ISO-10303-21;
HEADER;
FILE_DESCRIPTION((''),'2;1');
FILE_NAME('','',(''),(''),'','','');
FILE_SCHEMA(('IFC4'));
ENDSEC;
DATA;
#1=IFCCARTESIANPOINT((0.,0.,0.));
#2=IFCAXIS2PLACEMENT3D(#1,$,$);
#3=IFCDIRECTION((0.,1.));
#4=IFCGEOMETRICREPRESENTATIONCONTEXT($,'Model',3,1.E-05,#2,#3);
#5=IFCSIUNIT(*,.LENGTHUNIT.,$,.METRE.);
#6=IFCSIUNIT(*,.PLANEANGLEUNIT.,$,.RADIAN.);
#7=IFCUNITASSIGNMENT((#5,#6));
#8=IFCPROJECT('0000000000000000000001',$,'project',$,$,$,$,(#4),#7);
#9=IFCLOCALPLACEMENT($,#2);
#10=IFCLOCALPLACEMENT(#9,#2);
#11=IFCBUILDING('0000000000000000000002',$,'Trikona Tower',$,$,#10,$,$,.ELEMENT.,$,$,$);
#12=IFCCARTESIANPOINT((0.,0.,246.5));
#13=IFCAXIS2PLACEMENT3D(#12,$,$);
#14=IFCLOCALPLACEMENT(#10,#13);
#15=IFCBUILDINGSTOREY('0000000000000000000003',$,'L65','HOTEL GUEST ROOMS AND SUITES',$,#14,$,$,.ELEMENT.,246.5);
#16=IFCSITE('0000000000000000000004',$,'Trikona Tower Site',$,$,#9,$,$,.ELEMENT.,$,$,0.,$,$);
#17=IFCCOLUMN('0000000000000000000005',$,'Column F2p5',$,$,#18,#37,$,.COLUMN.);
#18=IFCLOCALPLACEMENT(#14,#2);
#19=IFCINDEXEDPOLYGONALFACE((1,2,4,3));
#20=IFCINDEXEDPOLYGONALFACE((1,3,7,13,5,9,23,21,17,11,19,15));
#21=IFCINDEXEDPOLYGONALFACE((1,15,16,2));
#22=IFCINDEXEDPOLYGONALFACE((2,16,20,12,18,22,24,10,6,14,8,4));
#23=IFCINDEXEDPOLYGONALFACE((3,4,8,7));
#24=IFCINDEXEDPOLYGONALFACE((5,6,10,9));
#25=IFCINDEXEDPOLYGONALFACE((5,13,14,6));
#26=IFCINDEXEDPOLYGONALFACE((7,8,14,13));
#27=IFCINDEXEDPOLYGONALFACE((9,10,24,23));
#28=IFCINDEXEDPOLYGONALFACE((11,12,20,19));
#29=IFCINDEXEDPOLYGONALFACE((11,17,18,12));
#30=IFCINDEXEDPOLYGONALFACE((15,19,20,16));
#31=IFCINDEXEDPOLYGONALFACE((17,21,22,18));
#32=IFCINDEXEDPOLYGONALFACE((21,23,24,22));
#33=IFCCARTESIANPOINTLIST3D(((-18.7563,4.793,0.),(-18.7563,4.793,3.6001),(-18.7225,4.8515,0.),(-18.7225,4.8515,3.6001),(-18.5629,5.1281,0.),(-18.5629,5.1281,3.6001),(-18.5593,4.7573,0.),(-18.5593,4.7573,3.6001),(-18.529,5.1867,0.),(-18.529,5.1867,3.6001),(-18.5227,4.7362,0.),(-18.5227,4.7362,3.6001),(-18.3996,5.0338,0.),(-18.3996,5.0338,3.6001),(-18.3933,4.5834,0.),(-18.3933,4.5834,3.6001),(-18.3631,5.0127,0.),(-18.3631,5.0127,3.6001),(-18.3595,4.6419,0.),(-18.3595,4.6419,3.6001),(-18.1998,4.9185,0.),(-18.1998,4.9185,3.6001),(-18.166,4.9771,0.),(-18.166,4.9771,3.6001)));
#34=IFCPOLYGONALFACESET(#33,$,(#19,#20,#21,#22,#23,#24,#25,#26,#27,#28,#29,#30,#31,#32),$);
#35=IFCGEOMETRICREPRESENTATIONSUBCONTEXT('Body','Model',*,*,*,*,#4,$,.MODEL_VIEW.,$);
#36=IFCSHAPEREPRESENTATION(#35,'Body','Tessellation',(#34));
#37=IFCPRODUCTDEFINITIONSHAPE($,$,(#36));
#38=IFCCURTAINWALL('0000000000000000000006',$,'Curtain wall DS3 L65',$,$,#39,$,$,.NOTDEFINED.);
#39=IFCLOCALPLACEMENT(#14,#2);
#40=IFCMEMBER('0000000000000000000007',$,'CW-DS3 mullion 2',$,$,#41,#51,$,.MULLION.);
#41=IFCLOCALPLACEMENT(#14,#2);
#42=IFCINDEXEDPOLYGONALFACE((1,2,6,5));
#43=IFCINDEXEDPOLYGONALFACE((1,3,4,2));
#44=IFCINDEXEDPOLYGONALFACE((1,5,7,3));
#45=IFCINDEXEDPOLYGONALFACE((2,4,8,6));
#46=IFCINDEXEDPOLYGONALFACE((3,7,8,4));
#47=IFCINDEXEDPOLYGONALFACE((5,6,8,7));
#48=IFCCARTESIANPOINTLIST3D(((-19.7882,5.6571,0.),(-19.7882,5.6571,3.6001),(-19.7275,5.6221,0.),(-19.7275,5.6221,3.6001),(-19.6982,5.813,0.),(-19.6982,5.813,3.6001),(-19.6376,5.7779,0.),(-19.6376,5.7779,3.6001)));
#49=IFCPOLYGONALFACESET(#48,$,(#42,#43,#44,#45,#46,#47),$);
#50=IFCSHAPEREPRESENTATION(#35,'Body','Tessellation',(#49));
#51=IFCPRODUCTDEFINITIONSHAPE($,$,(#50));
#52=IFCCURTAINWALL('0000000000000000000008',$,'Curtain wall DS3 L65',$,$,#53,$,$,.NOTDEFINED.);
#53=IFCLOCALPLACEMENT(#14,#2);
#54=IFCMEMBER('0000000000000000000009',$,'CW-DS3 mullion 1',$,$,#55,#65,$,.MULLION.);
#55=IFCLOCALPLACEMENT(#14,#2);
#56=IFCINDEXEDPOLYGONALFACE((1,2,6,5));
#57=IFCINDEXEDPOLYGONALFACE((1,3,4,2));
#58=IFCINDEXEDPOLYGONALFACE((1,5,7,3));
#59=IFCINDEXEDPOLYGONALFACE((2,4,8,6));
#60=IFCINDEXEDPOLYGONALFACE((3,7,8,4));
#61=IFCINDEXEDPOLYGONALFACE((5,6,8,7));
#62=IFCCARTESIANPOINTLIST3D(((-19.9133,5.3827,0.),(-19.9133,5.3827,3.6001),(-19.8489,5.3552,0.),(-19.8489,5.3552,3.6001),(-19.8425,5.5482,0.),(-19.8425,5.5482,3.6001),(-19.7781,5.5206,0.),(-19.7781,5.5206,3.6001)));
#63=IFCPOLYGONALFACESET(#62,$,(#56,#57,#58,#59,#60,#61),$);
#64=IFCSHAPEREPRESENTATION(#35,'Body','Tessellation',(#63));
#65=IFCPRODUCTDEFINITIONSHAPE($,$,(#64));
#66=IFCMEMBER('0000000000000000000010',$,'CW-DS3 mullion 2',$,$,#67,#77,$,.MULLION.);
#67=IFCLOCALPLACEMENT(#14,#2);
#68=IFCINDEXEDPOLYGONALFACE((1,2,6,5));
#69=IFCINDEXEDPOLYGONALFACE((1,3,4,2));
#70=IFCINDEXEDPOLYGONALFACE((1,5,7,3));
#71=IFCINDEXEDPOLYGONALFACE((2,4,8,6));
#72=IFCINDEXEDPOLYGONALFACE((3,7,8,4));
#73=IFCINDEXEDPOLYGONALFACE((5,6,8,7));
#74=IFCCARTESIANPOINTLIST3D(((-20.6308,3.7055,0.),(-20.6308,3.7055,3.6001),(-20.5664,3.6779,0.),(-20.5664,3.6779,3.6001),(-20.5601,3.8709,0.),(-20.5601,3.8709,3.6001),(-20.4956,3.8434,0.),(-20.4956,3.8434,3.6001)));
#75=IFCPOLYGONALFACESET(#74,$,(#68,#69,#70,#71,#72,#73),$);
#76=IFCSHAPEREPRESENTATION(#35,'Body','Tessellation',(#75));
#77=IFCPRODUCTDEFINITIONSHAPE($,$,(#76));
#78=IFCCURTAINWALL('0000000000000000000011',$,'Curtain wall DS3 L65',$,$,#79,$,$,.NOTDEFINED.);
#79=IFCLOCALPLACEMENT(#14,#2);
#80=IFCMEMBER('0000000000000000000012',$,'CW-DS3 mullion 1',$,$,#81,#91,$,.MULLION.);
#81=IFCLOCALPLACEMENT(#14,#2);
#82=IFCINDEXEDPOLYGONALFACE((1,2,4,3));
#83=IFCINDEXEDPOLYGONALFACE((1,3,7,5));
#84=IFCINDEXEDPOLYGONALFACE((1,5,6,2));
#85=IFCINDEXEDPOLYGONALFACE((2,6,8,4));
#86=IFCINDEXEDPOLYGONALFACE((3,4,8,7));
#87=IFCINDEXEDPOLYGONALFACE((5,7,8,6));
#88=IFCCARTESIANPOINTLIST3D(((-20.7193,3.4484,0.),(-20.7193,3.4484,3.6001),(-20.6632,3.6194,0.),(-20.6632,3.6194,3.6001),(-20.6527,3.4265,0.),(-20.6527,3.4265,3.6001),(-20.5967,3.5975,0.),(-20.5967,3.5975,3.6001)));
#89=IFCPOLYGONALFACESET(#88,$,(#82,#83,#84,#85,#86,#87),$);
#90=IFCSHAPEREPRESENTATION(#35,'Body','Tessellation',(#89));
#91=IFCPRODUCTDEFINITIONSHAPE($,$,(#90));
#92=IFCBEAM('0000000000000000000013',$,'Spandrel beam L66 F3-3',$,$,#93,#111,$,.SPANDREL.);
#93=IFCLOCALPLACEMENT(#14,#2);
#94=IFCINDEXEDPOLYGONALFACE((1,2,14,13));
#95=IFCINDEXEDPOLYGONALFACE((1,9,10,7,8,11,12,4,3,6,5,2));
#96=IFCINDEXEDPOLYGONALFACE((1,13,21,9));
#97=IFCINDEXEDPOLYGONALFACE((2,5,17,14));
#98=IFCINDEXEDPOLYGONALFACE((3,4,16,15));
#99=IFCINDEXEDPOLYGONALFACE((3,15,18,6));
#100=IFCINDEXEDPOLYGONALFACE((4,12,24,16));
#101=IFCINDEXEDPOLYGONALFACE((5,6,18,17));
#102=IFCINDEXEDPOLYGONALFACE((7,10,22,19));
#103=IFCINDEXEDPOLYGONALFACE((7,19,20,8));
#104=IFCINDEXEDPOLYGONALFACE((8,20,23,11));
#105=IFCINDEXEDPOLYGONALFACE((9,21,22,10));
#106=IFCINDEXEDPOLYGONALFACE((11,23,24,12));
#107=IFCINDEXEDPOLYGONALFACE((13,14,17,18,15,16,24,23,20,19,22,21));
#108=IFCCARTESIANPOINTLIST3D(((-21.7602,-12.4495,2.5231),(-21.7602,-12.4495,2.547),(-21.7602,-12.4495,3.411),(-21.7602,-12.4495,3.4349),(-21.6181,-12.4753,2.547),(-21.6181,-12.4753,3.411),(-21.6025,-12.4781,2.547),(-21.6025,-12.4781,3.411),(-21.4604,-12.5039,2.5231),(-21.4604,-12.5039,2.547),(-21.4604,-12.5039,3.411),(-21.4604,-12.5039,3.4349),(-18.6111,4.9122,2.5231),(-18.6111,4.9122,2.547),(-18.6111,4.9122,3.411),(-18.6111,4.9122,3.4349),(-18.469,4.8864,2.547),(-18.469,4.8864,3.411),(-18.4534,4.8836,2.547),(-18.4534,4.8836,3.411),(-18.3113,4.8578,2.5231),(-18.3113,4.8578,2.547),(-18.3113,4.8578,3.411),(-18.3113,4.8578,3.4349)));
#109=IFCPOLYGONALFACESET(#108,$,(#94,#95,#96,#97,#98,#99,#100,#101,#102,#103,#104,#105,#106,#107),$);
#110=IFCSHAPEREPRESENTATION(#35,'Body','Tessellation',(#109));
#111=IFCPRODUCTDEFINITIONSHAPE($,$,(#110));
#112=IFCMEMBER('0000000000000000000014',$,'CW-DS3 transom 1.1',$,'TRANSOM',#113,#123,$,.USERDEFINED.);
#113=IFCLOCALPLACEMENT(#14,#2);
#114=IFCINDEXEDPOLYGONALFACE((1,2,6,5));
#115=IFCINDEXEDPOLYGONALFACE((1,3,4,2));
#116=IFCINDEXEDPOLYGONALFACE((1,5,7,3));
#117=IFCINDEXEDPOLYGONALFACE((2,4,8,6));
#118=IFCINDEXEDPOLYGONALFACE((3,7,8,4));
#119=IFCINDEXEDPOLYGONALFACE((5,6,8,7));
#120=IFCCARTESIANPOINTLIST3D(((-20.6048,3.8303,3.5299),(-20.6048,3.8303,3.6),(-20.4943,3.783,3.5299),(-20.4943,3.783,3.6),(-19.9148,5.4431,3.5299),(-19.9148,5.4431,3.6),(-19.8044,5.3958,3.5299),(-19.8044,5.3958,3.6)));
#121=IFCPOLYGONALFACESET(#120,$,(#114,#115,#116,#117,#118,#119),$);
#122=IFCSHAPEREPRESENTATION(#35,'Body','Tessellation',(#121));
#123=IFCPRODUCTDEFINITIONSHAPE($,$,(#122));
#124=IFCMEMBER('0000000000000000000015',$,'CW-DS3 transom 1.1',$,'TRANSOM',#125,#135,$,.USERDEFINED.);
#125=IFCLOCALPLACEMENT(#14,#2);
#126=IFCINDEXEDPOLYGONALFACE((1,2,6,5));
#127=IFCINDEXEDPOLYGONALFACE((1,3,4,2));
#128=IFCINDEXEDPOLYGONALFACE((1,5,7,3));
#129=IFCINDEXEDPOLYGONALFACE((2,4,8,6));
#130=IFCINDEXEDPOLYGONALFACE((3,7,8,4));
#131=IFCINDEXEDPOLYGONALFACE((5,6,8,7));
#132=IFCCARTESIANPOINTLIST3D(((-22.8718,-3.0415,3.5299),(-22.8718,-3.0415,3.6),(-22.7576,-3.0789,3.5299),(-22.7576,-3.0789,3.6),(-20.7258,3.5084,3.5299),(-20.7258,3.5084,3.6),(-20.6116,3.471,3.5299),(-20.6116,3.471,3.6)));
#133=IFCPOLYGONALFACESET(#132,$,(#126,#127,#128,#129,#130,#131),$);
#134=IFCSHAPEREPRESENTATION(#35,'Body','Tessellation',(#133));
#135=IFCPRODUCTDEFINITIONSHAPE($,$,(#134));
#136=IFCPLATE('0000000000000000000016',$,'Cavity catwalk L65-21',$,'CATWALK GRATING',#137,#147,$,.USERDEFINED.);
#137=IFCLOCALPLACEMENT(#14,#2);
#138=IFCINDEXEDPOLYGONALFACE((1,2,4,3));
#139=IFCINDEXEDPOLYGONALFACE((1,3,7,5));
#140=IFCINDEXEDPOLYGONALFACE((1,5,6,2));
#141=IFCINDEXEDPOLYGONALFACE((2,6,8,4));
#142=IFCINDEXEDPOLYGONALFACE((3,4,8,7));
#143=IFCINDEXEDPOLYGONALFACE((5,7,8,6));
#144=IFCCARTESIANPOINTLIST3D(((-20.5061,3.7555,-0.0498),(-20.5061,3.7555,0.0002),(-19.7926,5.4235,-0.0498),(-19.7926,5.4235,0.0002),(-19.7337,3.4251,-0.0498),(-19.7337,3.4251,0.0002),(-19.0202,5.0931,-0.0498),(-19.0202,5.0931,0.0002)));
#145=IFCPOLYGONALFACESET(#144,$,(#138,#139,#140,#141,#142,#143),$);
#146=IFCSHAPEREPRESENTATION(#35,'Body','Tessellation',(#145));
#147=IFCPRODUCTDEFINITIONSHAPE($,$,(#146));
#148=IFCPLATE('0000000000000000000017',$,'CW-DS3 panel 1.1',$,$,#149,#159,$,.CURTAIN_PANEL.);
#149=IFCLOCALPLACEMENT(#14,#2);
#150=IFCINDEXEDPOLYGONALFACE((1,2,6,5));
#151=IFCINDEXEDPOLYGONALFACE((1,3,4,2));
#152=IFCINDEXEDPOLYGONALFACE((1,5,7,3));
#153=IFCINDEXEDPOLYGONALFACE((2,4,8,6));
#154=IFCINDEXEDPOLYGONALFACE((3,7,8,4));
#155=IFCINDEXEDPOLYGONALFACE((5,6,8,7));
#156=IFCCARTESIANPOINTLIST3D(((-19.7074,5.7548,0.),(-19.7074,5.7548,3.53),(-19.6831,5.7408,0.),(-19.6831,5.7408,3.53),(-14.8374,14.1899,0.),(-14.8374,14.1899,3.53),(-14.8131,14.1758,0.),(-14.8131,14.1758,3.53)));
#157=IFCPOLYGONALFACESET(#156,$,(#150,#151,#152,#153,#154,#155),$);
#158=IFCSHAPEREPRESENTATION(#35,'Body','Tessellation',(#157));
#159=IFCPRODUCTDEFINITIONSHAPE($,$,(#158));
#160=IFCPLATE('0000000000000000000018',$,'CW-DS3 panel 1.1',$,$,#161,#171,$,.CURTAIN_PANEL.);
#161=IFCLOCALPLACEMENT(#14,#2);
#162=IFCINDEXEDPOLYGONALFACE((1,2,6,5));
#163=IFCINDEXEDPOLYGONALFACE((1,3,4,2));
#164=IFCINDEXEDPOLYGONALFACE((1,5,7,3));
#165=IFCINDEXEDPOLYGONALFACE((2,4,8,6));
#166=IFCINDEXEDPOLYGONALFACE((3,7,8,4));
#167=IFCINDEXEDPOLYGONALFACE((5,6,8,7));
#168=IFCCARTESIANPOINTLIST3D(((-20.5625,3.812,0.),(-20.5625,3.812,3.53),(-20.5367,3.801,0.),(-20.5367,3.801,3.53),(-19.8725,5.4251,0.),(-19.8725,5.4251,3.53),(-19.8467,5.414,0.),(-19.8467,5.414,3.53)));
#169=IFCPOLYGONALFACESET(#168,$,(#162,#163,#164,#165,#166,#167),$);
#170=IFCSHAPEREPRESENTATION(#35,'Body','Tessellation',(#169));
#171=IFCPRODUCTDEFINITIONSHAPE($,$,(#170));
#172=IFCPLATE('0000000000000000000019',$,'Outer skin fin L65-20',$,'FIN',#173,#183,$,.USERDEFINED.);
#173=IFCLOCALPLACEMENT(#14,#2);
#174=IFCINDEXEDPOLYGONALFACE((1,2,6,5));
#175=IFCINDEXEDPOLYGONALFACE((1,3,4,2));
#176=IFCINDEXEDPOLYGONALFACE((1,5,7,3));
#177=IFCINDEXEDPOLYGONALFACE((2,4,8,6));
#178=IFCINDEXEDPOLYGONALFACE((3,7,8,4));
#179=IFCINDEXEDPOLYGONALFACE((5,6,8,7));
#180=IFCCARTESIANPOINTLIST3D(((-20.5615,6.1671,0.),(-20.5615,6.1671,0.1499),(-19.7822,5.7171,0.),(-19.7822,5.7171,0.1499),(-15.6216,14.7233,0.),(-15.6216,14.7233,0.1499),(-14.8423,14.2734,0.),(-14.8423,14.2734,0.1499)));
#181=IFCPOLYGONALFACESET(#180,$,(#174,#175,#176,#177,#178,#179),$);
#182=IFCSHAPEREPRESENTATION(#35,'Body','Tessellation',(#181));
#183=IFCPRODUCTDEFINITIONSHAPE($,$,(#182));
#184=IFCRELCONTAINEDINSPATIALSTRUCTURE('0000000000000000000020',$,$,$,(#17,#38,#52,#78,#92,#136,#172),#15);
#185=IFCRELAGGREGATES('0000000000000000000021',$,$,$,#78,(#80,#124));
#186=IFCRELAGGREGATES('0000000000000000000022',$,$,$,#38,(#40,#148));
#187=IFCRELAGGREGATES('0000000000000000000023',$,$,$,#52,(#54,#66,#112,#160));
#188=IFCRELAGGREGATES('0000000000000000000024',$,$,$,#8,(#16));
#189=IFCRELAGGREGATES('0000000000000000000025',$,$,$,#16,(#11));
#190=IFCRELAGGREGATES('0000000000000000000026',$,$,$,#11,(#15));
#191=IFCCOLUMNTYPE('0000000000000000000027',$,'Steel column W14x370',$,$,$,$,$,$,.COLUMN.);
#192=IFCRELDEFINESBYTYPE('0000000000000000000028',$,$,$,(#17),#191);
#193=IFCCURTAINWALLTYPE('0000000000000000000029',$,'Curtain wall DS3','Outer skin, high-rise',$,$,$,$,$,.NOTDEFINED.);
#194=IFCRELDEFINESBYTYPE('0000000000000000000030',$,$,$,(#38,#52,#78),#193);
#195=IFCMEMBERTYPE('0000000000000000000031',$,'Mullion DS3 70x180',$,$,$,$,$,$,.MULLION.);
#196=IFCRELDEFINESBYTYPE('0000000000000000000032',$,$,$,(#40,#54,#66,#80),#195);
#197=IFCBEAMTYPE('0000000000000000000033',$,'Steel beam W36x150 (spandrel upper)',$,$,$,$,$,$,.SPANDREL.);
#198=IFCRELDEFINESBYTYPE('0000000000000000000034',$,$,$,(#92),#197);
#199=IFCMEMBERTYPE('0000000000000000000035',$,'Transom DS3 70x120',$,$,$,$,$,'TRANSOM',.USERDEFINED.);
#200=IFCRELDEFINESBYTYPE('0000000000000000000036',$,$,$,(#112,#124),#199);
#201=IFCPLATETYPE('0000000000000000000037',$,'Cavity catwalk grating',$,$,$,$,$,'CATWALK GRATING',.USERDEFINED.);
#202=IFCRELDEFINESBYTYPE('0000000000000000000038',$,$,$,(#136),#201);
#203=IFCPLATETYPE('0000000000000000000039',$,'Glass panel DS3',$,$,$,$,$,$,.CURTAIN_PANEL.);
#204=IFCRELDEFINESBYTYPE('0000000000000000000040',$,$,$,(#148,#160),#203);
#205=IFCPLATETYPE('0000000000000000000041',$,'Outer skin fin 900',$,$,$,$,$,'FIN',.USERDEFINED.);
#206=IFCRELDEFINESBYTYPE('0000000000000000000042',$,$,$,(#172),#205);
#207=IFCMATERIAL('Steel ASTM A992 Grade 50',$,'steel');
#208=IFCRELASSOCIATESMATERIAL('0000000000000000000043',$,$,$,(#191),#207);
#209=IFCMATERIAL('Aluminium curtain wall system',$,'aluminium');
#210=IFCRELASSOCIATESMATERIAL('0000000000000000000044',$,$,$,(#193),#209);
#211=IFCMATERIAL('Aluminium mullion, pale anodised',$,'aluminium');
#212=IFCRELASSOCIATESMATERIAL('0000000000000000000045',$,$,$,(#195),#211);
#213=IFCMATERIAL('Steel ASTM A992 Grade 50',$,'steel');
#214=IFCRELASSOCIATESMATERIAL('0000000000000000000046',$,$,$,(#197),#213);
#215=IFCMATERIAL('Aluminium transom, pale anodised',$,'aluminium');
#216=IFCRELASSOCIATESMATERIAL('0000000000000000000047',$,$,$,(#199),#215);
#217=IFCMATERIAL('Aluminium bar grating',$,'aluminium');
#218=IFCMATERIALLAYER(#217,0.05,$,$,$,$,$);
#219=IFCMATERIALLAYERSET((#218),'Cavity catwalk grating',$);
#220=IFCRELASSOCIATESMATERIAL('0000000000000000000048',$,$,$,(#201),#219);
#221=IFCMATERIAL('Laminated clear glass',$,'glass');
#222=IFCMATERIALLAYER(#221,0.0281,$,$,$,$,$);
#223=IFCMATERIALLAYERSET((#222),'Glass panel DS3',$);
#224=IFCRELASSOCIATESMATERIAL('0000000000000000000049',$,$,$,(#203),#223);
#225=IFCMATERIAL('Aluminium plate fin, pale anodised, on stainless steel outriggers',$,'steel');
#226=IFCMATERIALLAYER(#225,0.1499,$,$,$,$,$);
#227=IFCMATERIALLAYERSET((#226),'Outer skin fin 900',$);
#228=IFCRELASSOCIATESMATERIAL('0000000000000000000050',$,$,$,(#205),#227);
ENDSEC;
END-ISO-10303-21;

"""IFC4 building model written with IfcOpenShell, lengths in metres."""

from ifc_helpers import new_model, si_unit, direction, frame, origin, origin_2d, place, context, subcontext, project, spatial, rectangle, i_section, extrude, material, layer, layer_set, material_profile, profile_set, type_object, element, aggregate, save


model = new_model("IFC4")

# Units and contexts
model_context = context("Model", 3, precision=1e-05, world=origin(), true_north=direction((0.0, 1.0)))
body_context = subcontext(model_context, "Body", "Model", "MODEL_VIEW")
ifc_project = project(units=[si_unit("LENGTHUNIT", "METRE"), si_unit("PLANEANGLEUNIT", "RADIAN")], contexts=[model_context])

# Site, building, storey
site_placement = place(None, origin())
site = spatial("IfcSite", under=ifc_project, at=site_placement, Name="Trikona Tower Site", CompositionType="ELEMENT", RefElevation=0.0)
building_placement = place(site_placement, origin())
building = spatial("IfcBuilding", under=site, at=building_placement, Name="Trikona Tower", CompositionType="ELEMENT")
storey_placement = place(building_placement, frame((0.0, 0.0, 246.5)))
storey = spatial("IfcBuildingStorey", under=building, at=storey_placement, Name="L65", Description="HOTEL GUEST ROOMS AND SUITES", CompositionType="ELEMENT", Elevation=246.5)

# Column
ifc_material_1 = material(Name="Steel ASTM A992 Grade 50", Category="steel")
ifc_material_profile_1 = material_profile(ifc_material_1, i_section(OverallWidth=0.4192, OverallDepth=0.4546, WebThickness=0.0422, FlangeThickness=0.0676, at=origin_2d()), Name="W14X370")
ifc_profile_set_1 = profile_set([ifc_material_profile_1], Name="Steel ASTM A992 Grade 50")
column_type = type_object("IfcColumnType", Name="Steel column W14x370", PredefinedType="COLUMN", material=ifc_profile_set_1)
column_placement = place(storey_placement, frame((-18.4612, 4.885, 0.0), z_axis=(0.0, 0.0, 1.0), x_axis=(-0.866025, 0.5, 0.0)))
element("IfcColumn", 1, at=column_placement, inside=storey, type_object=column_type, Name="Column F2p5", PredefinedType="COLUMN", context=body_context, shape_type="SweptSolid", body=[
    extrude(i_section(OverallWidth=0.4192, OverallDepth=0.4546, WebThickness=0.0422, FlangeThickness=0.0676, at=origin_2d()), origin(), (0.0, 0.0, 1.0), 3.6001),
])

# Curtain wall, member
ifc_material_2 = material(Name="Aluminium curtain wall system", Category="aluminium")
curtain_wall_type = type_object("IfcCurtainWallType", Name="Curtain wall DS3", Description="Outer skin, high-rise", PredefinedType="NOTDEFINED", material=ifc_material_2)
curtain_wall_1_placement = place(storey_placement, origin())
curtain_wall_1 = element("IfcCurtainWall", 2, at=curtain_wall_1_placement, inside=storey, type_object=curtain_wall_type, Name="Curtain wall DS3 L65", PredefinedType="NOTDEFINED")
ifc_material_3 = material(Name="Aluminium mullion, pale anodised", Category="aluminium")
ifc_material_profile_2 = material_profile(ifc_material_3, rectangle(XDim=0.0701, YDim=0.1799, at=origin_2d()), Name="MUL-DS3")
ifc_profile_set_2 = profile_set([ifc_material_profile_2], Name="Aluminium mullion, pale anodised")
member_type_1 = type_object("IfcMemberType", Name="Mullion DS3 70x180", PredefinedType="MULLION", material=ifc_profile_set_2)
member_1_placement = place(storey_placement, frame((-19.7129, 5.7175, 0.0), z_axis=(0.0, 0.0, 1.0), x_axis=(0.866025, -0.500001, 0.0)))
member_1 = element("IfcMember", 3, at=member_1_placement, type_object=member_type_1, Name="CW-DS3 mullion 2", PredefinedType="MULLION", context=body_context, shape_type="SweptSolid", body=[
    extrude(rectangle(XDim=0.0701, YDim=0.1799, at=origin_2d()), origin(), (0.0, 0.0, 1.0), 3.6001),
])

# Curtain wall, members
curtain_wall_2_placement = place(storey_placement, origin())
curtain_wall_2 = element("IfcCurtainWall", 4, at=curtain_wall_2_placement, inside=storey, type_object=curtain_wall_type, Name="Curtain wall DS3 L65", PredefinedType="NOTDEFINED")
member_2_placement = place(storey_placement, frame((-19.8457, 5.4517, 0.0), z_axis=(0.0, 0.0, 1.0), x_axis=(0.919421, -0.393276, 0.0)))
member_2 = element("IfcMember", 5, at=member_2_placement, type_object=member_type_1, Name="CW-DS3 mullion 1", PredefinedType="MULLION", context=body_context, shape_type="SweptSolid", body=[
    extrude(rectangle(XDim=0.0701, YDim=0.1799, at=origin_2d()), origin(), (0.0, 0.0, 1.0), 3.6001),
])
member_3_placement = place(storey_placement, frame((-20.5632, 3.7744, 0.0), z_axis=(0.0, 0.0, 1.0), x_axis=(0.919421, -0.393276, 0.0)))
member_3 = element("IfcMember", 6, at=member_3_placement, type_object=member_type_1, Name="CW-DS3 mullion 2", PredefinedType="MULLION", context=body_context, shape_type="SweptSolid", body=[
    extrude(rectangle(XDim=0.0701, YDim=0.1799, at=origin_2d()), origin(), (0.0, 0.0, 1.0), 3.6001),
])

# Curtain wall, member
curtain_wall_3_placement = place(storey_placement, origin())
curtain_wall_3 = element("IfcCurtainWall", 7, at=curtain_wall_3_placement, inside=storey, type_object=curtain_wall_type, Name="Curtain wall DS3 L65", PredefinedType="NOTDEFINED")
member_4_placement = place(storey_placement, frame((-20.658, 3.5229, 0.0), z_axis=(0.0, 0.0, 1.0), x_axis=(0.950297, -0.311344, 0.0)))
member_4 = element("IfcMember", 8, at=member_4_placement, type_object=member_type_1, Name="CW-DS3 mullion 1", PredefinedType="MULLION", context=body_context, shape_type="SweptSolid", body=[
    extrude(rectangle(XDim=0.0701, YDim=0.1799, at=origin_2d()), origin(), (0.0, 0.0, 1.0), 3.6001),
])

# Beam
ifc_material_4 = material(Name="Steel ASTM A992 Grade 50", Category="steel")
ifc_material_profile_3 = material_profile(ifc_material_4, i_section(OverallWidth=0.3047, OverallDepth=0.9119, WebThickness=0.0159, FlangeThickness=0.0239, at=origin_2d()), Name="W36X150")
ifc_profile_set_3 = profile_set([ifc_material_profile_3], Name="Steel ASTM A992 Grade 50")
beam_type = type_object("IfcBeamType", Name="Steel beam W36x150 (spandrel upper)", PredefinedType="SPANDREL", material=ifc_profile_set_3)
beam_placement = place(storey_placement, frame((-18.4612, 4.885, 2.979), z_axis=(-0.178473, -0.983945, 0.0), x_axis=(0.983945, -0.178473, 0.0)))
element("IfcBeam", 9, at=beam_placement, inside=storey, type_object=beam_type, Name="Spandrel beam L66 F3-3", PredefinedType="SPANDREL", context=body_context, shape_type="SweptSolid", body=[
    extrude(i_section(OverallWidth=0.3047, OverallDepth=0.9119, WebThickness=0.0159, FlangeThickness=0.0239, at=origin_2d()), origin(), (0.0, 0.0, 1.0), 17.645),
])

# Members
ifc_material_5 = material(Name="Aluminium transom, pale anodised", Category="aluminium")
ifc_material_profile_4 = material_profile(ifc_material_5, rectangle(XDim=0.1201, YDim=0.0701, at=origin_2d()), Name="TRN-DS3")
ifc_profile_set_4 = profile_set([ifc_material_profile_4], Name="Aluminium transom, pale anodised")
member_type_2 = type_object("IfcMemberType", Name="Transom DS3 70x120", ElementType="TRANSOM", PredefinedType="USERDEFINED", material=ifc_profile_set_4)
member_5_placement = place(storey_placement, frame((-19.8596, 5.4194, 3.5649), z_axis=(-0.393315, -0.919404, 0.0), x_axis=(0.919404, -0.393315, 0.0)))
member_5 = element("IfcMember", 10, at=member_5_placement, type_object=member_type_2, Name="CW-DS3 transom 1.1", ObjectType="TRANSOM", PredefinedType="USERDEFINED", context=body_context, shape_type="SweptSolid", body=[
    extrude(rectangle(XDim=0.1201, YDim=0.0701, at=origin_2d()), origin(), (0.0, 0.0, 1.0), 1.7542),
])
member_6_placement = place(storey_placement, frame((-20.6687, 3.4897, 3.5649), z_axis=(-0.311346, -0.950297, 0.0), x_axis=(0.950297, -0.311346, 0.0)))
member_6 = element("IfcMember", 11, at=member_6_placement, type_object=member_type_2, Name="CW-DS3 transom 1.1", ObjectType="TRANSOM", PredefinedType="USERDEFINED", context=body_context, shape_type="SweptSolid", body=[
    extrude(rectangle(XDim=0.1201, YDim=0.0701, at=origin_2d()), origin(), (0.0, 0.0, 1.0), 6.8926),
])
aggregate(curtain_wall_3, [member_4, member_6])

# Plates
ifc_material_6 = material(Name="Aluminium bar grating", Category="aluminium")
ifc_layer_1 = layer(ifc_material_6, 0.05)
ifc_layer_set_1 = layer_set([ifc_layer_1], Name="Cavity catwalk grating")
plate_type_1 = type_object("IfcPlateType", Name="Cavity catwalk grating", ElementType="CATWALK GRATING", PredefinedType="USERDEFINED", material=ifc_layer_set_1)
plate_1_placement = place(storey_placement, frame((-19.7632, 4.4243, -0.0498), z_axis=(0.0, 0.0, 1.0), x_axis=(-0.393284, -0.919417, 0.0)))
element("IfcPlate", 12, at=plate_1_placement, inside=storey, type_object=plate_type_1, Name="Cavity catwalk L65-21", ObjectType="CATWALK GRATING", PredefinedType="USERDEFINED", context=body_context, shape_type="SweptSolid", body=[
    extrude(rectangle(XDim=1.8142, YDim=0.8401, at=origin_2d()), origin(), (0.0, 0.0, 1.0), 0.05),
])
ifc_material_7 = material(Name="Laminated clear glass", Category="glass")
ifc_layer_2 = layer(ifc_material_7, 0.0281)
ifc_layer_set_2 = layer_set([ifc_layer_2], Name="Glass panel DS3")
plate_type_2 = type_object("IfcPlateType", Name="Glass panel DS3", PredefinedType="CURTAIN_PANEL", material=ifc_layer_set_2)
plate_2_placement = place(storey_placement, frame((-17.2603, 9.9653, 0.0), z_axis=(0.0, 0.0, 1.0), x_axis=(-0.500001, -0.866025, 0.0)))
plate_2 = element("IfcPlate", 13, at=plate_2_placement, type_object=plate_type_2, Name="CW-DS3 panel 1.1", PredefinedType="CURTAIN_PANEL", context=body_context, shape_type="SweptSolid", body=[
    extrude(rectangle(XDim=9.74, YDim=0.0281, at=origin_2d()), origin(), (0.0, 0.0, 1.0), 3.53),
])
aggregate(curtain_wall_1, [member_1, plate_2])
plate_3_placement = place(storey_placement, frame((-20.2046, 4.613, 0.0), z_axis=(0.0, 0.0, 1.0), x_axis=(-0.393276, -0.919421, 0.0)))
plate_3 = element("IfcPlate", 14, at=plate_3_placement, type_object=plate_type_2, Name="CW-DS3 panel 1.1", PredefinedType="CURTAIN_PANEL", context=body_context, shape_type="SweptSolid", body=[
    extrude(rectangle(XDim=1.7544, YDim=0.0281, at=origin_2d()), origin(), (0.0, 0.0, 1.0), 3.53),
])
aggregate(curtain_wall_2, [member_2, member_3, member_5, plate_3])

# Plate
ifc_material_8 = material(Name="Aluminium plate fin, pale anodised, on stainless steel outriggers", Category="steel")
ifc_layer_3 = layer(ifc_material_8, 0.1499)
ifc_layer_set_3 = layer_set([ifc_layer_3], Name="Outer skin fin 900")
plate_type_3 = type_object("IfcPlateType", Name="Outer skin fin 900", ElementType="FIN", PredefinedType="USERDEFINED", material=ifc_layer_set_3)
plate_4_placement = place(storey_placement, frame((-17.7019, 10.2202, 0.0), z_axis=(0.0, 0.0, 1.0), x_axis=(-0.499998, -0.866026, 0.0)))
element("IfcPlate", 15, at=plate_4_placement, inside=storey, type_object=plate_type_3, Name="Outer skin fin L65-20", ObjectType="FIN", PredefinedType="USERDEFINED", context=body_context, shape_type="SweptSolid", body=[
    extrude(rectangle(XDim=9.8799, YDim=0.8999, at=origin_2d()), origin(), (0.0, 0.0, 1.0), 0.1499),
])

save(model, "model.ifc")
